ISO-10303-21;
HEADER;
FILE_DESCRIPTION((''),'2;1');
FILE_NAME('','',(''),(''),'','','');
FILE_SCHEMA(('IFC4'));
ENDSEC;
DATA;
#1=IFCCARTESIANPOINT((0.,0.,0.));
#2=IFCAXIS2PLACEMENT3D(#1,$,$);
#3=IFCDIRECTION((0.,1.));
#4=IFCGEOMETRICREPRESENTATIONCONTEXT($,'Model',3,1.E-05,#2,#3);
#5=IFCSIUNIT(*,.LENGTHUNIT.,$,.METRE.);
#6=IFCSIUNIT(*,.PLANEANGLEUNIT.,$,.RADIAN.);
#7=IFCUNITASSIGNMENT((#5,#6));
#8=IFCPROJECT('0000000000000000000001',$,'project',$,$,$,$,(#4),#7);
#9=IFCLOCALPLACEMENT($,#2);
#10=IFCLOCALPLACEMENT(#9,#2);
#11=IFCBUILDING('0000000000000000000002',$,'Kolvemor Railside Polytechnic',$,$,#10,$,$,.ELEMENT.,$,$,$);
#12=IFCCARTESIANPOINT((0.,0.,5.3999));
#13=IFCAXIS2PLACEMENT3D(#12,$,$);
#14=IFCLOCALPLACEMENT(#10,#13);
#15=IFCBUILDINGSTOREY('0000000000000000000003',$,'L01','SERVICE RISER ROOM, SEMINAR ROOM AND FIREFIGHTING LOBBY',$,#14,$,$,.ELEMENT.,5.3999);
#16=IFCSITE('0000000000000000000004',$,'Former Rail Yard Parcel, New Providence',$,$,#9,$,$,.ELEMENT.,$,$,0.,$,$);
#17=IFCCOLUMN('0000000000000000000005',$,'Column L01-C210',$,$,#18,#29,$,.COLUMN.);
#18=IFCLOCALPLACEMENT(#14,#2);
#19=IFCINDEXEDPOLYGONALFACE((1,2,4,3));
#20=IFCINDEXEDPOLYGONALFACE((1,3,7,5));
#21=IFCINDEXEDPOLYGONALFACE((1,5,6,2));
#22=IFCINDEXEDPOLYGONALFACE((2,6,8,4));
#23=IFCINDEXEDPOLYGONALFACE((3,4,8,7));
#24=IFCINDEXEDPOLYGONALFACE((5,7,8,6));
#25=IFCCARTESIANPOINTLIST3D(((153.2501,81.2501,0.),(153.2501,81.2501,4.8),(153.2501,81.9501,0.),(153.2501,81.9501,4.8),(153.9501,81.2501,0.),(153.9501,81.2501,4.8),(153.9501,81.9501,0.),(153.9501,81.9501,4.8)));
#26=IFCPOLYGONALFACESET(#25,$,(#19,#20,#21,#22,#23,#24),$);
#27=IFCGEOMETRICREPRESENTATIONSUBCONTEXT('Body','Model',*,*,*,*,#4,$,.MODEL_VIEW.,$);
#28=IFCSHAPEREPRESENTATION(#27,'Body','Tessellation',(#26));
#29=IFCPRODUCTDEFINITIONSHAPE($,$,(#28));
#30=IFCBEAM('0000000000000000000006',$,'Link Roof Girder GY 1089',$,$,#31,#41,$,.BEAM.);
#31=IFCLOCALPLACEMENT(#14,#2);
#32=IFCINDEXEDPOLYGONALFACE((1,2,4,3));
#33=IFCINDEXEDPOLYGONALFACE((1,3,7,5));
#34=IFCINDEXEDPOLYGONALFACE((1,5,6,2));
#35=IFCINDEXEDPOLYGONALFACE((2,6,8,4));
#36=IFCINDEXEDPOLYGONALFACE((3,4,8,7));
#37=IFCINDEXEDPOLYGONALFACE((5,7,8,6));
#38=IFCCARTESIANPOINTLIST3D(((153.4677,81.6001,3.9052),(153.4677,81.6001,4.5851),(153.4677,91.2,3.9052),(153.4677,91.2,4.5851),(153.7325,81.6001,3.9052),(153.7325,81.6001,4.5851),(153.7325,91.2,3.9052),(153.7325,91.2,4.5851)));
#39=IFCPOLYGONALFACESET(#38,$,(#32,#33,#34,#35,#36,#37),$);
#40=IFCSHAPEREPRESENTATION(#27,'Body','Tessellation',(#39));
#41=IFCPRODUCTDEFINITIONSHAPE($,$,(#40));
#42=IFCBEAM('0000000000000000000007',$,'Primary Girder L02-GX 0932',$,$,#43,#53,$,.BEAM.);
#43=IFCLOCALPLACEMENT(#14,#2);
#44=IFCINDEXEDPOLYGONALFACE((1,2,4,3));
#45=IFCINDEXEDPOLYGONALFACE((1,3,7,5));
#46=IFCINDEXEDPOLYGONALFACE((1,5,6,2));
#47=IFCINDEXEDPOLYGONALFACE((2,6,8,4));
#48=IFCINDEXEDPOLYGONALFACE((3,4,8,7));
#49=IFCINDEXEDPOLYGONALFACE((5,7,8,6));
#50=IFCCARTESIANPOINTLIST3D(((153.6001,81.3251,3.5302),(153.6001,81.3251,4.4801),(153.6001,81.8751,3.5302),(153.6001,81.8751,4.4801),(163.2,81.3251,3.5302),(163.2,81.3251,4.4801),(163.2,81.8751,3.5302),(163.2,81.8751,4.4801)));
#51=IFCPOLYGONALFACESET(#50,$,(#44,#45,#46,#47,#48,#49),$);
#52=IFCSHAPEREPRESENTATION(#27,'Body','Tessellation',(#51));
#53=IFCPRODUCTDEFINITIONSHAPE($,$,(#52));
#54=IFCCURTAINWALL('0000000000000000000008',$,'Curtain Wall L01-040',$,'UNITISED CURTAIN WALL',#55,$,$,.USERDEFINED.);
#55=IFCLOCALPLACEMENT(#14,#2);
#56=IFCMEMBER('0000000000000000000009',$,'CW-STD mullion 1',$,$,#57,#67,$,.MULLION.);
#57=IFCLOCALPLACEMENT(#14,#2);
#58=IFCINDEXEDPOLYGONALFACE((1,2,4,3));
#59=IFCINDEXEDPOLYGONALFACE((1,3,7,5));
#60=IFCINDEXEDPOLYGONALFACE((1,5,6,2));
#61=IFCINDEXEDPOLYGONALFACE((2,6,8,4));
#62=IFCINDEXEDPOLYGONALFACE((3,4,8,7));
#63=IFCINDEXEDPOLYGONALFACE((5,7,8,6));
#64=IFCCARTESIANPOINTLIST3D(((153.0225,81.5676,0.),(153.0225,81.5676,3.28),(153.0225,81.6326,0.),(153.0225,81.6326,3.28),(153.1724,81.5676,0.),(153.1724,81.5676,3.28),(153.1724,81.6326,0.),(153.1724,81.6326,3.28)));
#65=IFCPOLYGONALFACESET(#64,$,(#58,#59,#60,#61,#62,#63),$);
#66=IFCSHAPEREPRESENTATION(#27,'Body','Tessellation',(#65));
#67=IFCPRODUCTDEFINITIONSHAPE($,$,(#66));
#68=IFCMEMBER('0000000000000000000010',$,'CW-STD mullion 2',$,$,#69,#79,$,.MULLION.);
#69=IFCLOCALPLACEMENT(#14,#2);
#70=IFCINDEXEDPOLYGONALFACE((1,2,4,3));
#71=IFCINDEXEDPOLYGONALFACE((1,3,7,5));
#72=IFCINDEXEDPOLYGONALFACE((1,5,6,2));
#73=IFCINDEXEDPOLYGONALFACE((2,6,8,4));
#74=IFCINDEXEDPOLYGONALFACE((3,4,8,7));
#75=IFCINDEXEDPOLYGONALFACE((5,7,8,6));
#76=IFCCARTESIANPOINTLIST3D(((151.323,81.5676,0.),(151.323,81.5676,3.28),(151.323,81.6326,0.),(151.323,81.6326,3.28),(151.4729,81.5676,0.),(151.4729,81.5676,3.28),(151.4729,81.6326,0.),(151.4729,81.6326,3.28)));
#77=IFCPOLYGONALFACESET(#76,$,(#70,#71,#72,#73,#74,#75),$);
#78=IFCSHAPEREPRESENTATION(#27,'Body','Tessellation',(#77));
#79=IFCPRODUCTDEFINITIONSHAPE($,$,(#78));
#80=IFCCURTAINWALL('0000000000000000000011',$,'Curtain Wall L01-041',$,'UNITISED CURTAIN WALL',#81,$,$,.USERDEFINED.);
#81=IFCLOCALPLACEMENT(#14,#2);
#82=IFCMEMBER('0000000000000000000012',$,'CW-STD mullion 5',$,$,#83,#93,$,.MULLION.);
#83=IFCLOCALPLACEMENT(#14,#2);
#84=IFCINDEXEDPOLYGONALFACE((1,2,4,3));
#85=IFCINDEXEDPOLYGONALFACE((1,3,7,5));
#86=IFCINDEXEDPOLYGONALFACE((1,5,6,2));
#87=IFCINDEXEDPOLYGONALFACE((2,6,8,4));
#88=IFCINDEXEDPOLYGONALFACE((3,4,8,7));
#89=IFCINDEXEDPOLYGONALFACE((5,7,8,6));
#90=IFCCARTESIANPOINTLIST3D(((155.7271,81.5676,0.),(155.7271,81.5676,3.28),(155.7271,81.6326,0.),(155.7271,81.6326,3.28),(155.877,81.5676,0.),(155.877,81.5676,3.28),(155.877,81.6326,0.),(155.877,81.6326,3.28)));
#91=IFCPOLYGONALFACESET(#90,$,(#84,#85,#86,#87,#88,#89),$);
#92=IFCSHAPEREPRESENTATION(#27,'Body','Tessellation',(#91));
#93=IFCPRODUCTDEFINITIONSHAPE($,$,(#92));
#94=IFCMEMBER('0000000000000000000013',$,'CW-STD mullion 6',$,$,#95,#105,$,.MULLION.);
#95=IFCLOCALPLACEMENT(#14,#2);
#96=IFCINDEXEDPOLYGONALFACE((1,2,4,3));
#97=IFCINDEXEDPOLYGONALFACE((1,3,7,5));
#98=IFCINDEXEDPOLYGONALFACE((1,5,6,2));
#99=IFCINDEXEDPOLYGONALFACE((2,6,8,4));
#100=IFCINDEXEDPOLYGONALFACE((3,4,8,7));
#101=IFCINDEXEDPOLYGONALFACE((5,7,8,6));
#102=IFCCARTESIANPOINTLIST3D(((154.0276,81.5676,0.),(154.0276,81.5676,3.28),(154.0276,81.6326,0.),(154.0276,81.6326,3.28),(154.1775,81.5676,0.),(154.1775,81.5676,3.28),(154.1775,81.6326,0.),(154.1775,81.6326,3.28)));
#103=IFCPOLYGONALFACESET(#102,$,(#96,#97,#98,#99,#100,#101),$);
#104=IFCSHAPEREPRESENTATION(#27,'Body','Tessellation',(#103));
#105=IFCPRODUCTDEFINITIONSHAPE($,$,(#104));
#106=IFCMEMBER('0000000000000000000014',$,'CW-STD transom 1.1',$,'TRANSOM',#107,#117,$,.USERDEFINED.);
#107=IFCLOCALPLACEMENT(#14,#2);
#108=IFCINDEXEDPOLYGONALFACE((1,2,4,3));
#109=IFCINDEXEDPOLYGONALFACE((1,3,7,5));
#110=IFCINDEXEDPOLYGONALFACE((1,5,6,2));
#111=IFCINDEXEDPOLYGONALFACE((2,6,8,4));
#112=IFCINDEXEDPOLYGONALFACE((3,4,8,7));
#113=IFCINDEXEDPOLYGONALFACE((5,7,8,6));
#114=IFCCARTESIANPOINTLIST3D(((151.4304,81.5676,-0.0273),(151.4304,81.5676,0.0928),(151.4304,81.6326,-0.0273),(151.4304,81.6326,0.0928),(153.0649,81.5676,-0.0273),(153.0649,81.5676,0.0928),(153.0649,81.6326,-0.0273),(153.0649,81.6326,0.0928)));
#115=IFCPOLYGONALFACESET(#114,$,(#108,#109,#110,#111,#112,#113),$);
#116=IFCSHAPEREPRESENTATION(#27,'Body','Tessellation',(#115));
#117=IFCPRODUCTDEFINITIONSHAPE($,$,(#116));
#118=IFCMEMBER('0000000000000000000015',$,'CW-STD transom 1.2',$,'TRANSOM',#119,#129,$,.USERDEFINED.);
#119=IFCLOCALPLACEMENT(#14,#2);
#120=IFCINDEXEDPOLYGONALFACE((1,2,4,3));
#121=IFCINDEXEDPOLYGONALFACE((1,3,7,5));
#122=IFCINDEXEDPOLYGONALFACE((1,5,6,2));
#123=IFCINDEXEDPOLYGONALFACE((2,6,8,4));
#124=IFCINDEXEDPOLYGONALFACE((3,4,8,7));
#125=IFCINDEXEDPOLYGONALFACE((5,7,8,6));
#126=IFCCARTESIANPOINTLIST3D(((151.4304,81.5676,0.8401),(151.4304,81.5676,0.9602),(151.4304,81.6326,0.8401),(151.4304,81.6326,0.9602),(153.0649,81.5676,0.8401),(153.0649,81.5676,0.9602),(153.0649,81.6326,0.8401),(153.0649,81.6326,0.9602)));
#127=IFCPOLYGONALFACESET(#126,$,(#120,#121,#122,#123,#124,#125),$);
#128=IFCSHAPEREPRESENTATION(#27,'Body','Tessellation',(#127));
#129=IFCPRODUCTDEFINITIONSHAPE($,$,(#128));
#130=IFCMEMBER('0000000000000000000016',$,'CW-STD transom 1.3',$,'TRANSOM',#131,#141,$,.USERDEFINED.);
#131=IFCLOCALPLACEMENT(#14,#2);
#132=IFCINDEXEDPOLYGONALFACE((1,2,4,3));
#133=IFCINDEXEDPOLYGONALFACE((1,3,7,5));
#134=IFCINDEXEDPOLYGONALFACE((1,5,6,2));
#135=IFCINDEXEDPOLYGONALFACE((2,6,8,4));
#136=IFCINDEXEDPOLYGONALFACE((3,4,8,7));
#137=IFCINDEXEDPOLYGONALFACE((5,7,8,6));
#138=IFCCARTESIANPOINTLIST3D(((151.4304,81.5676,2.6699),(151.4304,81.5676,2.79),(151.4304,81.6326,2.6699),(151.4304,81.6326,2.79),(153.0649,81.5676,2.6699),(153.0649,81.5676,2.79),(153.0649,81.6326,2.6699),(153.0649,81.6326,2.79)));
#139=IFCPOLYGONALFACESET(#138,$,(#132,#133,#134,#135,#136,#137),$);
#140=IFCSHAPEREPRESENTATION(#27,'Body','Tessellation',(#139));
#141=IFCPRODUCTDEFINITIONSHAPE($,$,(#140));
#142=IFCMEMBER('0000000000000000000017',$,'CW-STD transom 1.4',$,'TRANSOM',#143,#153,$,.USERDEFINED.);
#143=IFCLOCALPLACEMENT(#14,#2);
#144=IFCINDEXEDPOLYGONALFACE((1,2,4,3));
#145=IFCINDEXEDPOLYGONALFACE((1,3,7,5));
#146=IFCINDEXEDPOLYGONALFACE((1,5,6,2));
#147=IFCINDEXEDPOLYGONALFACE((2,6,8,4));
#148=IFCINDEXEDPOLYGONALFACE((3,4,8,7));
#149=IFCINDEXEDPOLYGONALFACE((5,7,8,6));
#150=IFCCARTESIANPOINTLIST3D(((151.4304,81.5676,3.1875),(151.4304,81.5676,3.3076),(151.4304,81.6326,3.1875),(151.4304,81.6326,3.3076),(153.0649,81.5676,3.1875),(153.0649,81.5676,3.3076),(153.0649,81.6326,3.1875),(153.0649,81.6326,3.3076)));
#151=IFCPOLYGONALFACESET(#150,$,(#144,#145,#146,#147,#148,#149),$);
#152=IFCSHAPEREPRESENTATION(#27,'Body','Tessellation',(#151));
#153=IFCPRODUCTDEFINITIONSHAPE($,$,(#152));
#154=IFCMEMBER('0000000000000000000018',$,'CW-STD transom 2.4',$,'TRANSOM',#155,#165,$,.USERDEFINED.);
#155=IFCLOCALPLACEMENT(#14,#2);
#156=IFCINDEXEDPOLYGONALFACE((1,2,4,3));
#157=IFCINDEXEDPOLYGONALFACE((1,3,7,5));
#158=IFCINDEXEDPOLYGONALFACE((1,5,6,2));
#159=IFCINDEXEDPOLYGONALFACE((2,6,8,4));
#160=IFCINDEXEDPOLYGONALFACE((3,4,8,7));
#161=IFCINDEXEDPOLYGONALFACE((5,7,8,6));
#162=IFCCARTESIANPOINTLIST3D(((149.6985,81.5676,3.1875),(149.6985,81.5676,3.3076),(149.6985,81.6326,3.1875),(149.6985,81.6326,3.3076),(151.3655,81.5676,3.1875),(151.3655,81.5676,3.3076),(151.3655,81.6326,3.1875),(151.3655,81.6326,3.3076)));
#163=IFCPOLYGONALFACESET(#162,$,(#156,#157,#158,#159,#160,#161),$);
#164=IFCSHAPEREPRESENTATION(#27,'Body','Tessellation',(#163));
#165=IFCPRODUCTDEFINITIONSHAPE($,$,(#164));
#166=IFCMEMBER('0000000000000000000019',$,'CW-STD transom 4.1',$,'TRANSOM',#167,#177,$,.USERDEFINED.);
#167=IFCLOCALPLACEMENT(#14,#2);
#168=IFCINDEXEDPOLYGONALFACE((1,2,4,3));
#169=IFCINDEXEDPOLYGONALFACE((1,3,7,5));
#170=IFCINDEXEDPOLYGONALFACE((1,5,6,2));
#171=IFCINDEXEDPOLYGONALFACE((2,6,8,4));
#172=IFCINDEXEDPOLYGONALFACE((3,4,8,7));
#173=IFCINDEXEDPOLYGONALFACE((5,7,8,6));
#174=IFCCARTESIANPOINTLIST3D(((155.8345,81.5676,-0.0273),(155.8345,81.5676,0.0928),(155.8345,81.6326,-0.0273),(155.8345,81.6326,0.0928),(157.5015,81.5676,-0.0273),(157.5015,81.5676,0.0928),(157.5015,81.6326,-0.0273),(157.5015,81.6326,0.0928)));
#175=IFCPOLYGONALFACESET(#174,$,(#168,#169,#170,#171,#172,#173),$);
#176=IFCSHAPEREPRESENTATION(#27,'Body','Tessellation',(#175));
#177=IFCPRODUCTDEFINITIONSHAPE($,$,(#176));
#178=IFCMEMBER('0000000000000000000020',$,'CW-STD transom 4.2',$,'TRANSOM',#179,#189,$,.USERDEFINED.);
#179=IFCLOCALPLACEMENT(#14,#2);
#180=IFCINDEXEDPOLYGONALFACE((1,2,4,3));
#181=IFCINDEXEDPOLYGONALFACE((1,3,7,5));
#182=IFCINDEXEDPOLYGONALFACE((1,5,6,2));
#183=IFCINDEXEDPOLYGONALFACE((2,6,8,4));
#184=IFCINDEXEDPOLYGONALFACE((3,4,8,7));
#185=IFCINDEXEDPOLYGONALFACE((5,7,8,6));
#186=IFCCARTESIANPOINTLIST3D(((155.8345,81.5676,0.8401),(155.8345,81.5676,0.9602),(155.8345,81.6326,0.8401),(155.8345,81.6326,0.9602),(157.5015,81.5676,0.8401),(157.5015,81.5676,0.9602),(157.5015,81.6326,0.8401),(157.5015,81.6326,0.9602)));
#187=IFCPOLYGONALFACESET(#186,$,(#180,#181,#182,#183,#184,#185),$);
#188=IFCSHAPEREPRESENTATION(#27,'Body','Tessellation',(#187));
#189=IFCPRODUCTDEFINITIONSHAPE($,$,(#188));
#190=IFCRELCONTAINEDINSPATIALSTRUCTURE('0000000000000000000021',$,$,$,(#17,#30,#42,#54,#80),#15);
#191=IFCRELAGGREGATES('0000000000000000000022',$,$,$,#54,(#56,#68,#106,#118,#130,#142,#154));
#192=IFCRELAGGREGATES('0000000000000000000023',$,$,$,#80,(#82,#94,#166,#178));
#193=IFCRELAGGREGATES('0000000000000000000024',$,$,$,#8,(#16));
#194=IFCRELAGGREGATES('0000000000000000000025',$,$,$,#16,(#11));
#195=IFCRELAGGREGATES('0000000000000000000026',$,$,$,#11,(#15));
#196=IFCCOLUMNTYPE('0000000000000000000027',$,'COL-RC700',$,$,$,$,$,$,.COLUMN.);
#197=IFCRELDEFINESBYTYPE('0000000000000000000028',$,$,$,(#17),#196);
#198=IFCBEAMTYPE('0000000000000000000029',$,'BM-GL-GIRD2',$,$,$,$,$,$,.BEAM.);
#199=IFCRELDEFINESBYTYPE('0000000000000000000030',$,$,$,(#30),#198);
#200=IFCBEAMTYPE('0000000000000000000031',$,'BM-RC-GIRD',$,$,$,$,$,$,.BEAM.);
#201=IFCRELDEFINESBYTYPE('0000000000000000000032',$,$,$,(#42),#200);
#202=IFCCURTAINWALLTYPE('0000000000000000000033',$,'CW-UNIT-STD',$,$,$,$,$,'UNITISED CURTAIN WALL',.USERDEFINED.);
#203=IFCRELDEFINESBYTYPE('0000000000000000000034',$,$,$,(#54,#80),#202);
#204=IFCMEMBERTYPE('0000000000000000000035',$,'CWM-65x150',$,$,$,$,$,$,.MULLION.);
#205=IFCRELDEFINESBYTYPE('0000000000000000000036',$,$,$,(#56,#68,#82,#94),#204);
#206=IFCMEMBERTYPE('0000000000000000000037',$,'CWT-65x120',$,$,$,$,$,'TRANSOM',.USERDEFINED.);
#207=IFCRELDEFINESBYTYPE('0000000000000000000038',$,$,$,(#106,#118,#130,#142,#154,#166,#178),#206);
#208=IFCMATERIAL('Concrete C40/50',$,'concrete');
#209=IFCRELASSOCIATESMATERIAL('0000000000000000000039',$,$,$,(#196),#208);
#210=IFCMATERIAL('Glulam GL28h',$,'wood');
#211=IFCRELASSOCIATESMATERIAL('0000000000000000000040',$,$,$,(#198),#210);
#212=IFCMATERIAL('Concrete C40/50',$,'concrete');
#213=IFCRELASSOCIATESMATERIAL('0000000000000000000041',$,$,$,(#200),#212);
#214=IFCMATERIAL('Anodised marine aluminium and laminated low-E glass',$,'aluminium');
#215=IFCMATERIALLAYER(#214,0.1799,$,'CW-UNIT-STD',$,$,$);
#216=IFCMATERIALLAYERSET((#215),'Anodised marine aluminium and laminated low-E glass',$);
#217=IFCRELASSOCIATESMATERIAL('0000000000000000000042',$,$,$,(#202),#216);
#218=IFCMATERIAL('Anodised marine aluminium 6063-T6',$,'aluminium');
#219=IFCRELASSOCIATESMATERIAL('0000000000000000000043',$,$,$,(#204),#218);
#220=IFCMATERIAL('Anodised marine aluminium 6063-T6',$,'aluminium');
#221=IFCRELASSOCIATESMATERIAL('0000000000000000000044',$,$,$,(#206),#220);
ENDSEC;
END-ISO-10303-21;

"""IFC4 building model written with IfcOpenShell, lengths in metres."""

from ifc_helpers import new_model, si_unit, direction, frame, origin, origin_2d, place, context, subcontext, project, spatial, rectangle, extrude, material, layer, layer_set, material_profile, profile_set, type_object, element, aggregate, save


model = new_model("IFC4")

# Units and contexts
model_context = context("Model", 3, precision=1e-05, world=origin(), true_north=direction((0.0, 1.0)))
body_context = subcontext(model_context, "Body", "Model", "MODEL_VIEW")
ifc_project = project(units=[si_unit("LENGTHUNIT", "METRE"), si_unit("PLANEANGLEUNIT", "RADIAN")], contexts=[model_context])

# Site, building, storey
site_placement = place(None, origin())
site = spatial("IfcSite", under=ifc_project, at=site_placement, Name="Former Rail Yard Parcel, New Providence", CompositionType="ELEMENT", RefElevation=0.0)
building_placement = place(site_placement, origin())
building = spatial("IfcBuilding", under=site, at=building_placement, Name="Kolvemor Railside Polytechnic", CompositionType="ELEMENT")
storey_placement = place(building_placement, frame((0.0, 0.0, 5.3999)))
storey = spatial("IfcBuildingStorey", under=building, at=storey_placement, Name="L01", Description="SERVICE RISER ROOM, SEMINAR ROOM AND FIREFIGHTING LOBBY", CompositionType="ELEMENT", Elevation=5.3999)

# Column
ifc_material_1 = material(Name="Concrete C40/50", Category="concrete")
ifc_material_profile_1 = material_profile(ifc_material_1, rectangle(XDim=0.7, YDim=0.7, at=origin_2d()), Name="RC700x700")
ifc_profile_set_1 = profile_set([ifc_material_profile_1], Name="Concrete C40/50")
column_type = type_object("IfcColumnType", Name="COL-RC700", PredefinedType="COLUMN", material=ifc_profile_set_1)
column_placement = place(storey_placement, frame((153.6001, 81.6001, 0.0), z_axis=(0.0, 0.0, 1.0), x_axis=(1.0, 0.0, 0.0)))
element("IfcColumn", 1, at=column_placement, inside=storey, type_object=column_type, Name="Column L01-C210", PredefinedType="COLUMN", context=body_context, shape_type="SweptSolid", body=[
    extrude(rectangle(XDim=0.7, YDim=0.7, at=origin_2d()), origin(), (0.0, 0.0, 1.0), 4.8),
])

# Beams
ifc_material_2 = material(Name="Glulam GL28h", Category="wood")
ifc_material_profile_2 = material_profile(ifc_material_2, rectangle(XDim=0.2649, YDim=0.6799, at=origin_2d()), Name="GL265x680")
ifc_profile_set_2 = profile_set([ifc_material_profile_2], Name="Glulam GL28h")
beam_type_1 = type_object("IfcBeamType", Name="BM-GL-GIRD2", PredefinedType="BEAM", material=ifc_profile_set_2)
beam_1_placement = place(storey_placement, frame((153.6001, 81.6001, 4.2451), z_axis=(0.0, 1.0, 0.0), x_axis=(-1.0, 0.0, 0.0)))
element("IfcBeam", 2, at=beam_1_placement, inside=storey, type_object=beam_type_1, Name="Link Roof Girder GY 1089", PredefinedType="BEAM", context=body_context, shape_type="SweptSolid", body=[
    extrude(rectangle(XDim=0.2649, YDim=0.6799, at=origin_2d()), origin(), (0.0, 0.0, 1.0), 9.5999),
])
ifc_material_3 = material(Name="Concrete C40/50", Category="concrete")
ifc_material_profile_3 = material_profile(ifc_material_3, rectangle(XDim=0.55, YDim=0.95, at=origin_2d()), Name="RC550x950")
ifc_profile_set_3 = profile_set([ifc_material_profile_3], Name="Concrete C40/50")
beam_type_2 = type_object("IfcBeamType", Name="BM-RC-GIRD", PredefinedType="BEAM", material=ifc_profile_set_3)
beam_2_placement = place(storey_placement, frame((153.6001, 81.6001, 4.0051), z_axis=(1.0, 0.0, 0.0), x_axis=(0.0, 1.0, 0.0)))
element("IfcBeam", 3, at=beam_2_placement, inside=storey, type_object=beam_type_2, Name="Primary Girder L02-GX 0932", PredefinedType="BEAM", context=body_context, shape_type="SweptSolid", body=[
    extrude(rectangle(XDim=0.55, YDim=0.95, at=origin_2d()), origin(), (0.0, 0.0, 1.0), 9.5999),
])

# Curtain walls, members
ifc_material_4 = material(Name="Anodised marine aluminium and laminated low-E glass", Category="aluminium")
ifc_layer_1 = layer(ifc_material_4, 0.1799, Name="CW-UNIT-STD")
ifc_layer_set_1 = layer_set([ifc_layer_1], Name="Anodised marine aluminium and laminated low-E glass")
curtain_wall_type = type_object("IfcCurtainWallType", Name="CW-UNIT-STD", ElementType="UNITISED CURTAIN WALL", PredefinedType="USERDEFINED", material=ifc_layer_set_1)
curtain_wall_1_placement = place(storey_placement, origin())
curtain_wall_1 = element("IfcCurtainWall", 4, at=curtain_wall_1_placement, inside=storey, type_object=curtain_wall_type, Name="Curtain Wall L01-040", ObjectType="UNITISED CURTAIN WALL", PredefinedType="USERDEFINED")
ifc_material_5 = material(Name="Anodised marine aluminium 6063-T6", Category="aluminium")
ifc_material_profile_4 = material_profile(ifc_material_5, rectangle(XDim=0.0649, YDim=0.1499, at=origin_2d()), Name="CW-MUL-65x150")
ifc_profile_set_4 = profile_set([ifc_material_profile_4], Name="Anodised marine aluminium 6063-T6")
member_type_1 = type_object("IfcMemberType", Name="CWM-65x150", PredefinedType="MULLION", material=ifc_profile_set_4)
member_1_placement = place(storey_placement, frame((153.0974, 81.6001, 0.0), z_axis=(0.0, 0.0, 1.0), x_axis=(0.0, -1.0, 0.0)))
member_1 = element("IfcMember", 5, at=member_1_placement, type_object=member_type_1, Name="CW-STD mullion 1", PredefinedType="MULLION", context=body_context, shape_type="SweptSolid", body=[
    extrude(rectangle(XDim=0.0649, YDim=0.1499, at=origin_2d()), origin(), (0.0, 0.0, 1.0), 3.28),
])
member_2_placement = place(storey_placement, frame((151.3979, 81.6001, 0.0), z_axis=(0.0, 0.0, 1.0), x_axis=(0.0, -1.0, 0.0)))
member_2 = element("IfcMember", 6, at=member_2_placement, type_object=member_type_1, Name="CW-STD mullion 2", PredefinedType="MULLION", context=body_context, shape_type="SweptSolid", body=[
    extrude(rectangle(XDim=0.0649, YDim=0.1499, at=origin_2d()), origin(), (0.0, 0.0, 1.0), 3.28),
])
curtain_wall_2_placement = place(storey_placement, origin())
curtain_wall_2 = element("IfcCurtainWall", 7, at=curtain_wall_2_placement, inside=storey, type_object=curtain_wall_type, Name="Curtain Wall L01-041", ObjectType="UNITISED CURTAIN WALL", PredefinedType="USERDEFINED")
member_3_placement = place(storey_placement, frame((155.802, 81.6001, 0.0), z_axis=(0.0, 0.0, 1.0), x_axis=(0.0, -1.0, 0.0)))
member_3 = element("IfcMember", 8, at=member_3_placement, type_object=member_type_1, Name="CW-STD mullion 5", PredefinedType="MULLION", context=body_context, shape_type="SweptSolid", body=[
    extrude(rectangle(XDim=0.0649, YDim=0.1499, at=origin_2d()), origin(), (0.0, 0.0, 1.0), 3.28),
])
member_4_placement = place(storey_placement, frame((154.1025, 81.6001, 0.0), z_axis=(0.0, 0.0, 1.0), x_axis=(0.0, -1.0, 0.0)))
member_4 = element("IfcMember", 9, at=member_4_placement, type_object=member_type_1, Name="CW-STD mullion 6", PredefinedType="MULLION", context=body_context, shape_type="SweptSolid", body=[
    extrude(rectangle(XDim=0.0649, YDim=0.1499, at=origin_2d()), origin(), (0.0, 0.0, 1.0), 3.28),
])

# Members
ifc_material_6 = material(Name="Anodised marine aluminium 6063-T6", Category="aluminium")
ifc_material_profile_5 = material_profile(ifc_material_6, rectangle(XDim=0.0649, YDim=0.1201, at=origin_2d()), Name="CW-TRN-65x120")
ifc_profile_set_5 = profile_set([ifc_material_profile_5], Name="Anodised marine aluminium 6063-T6")
member_type_2 = type_object("IfcMemberType", Name="CWT-65x120", ElementType="TRANSOM", PredefinedType="USERDEFINED", material=ifc_profile_set_5)
member_5_placement = place(storey_placement, frame((153.0649, 81.6001, 0.0327), z_axis=(-1.0, 0.0, 0.0), x_axis=(0.0, -1.0, 0.0)))
member_5 = element("IfcMember", 10, at=member_5_placement, type_object=member_type_2, Name="CW-STD transom 1.1", ObjectType="TRANSOM", PredefinedType="USERDEFINED", context=body_context, shape_type="SweptSolid", body=[
    extrude(rectangle(XDim=0.0649, YDim=0.1201, at=origin_2d()), origin(), (0.0, 0.0, 1.0), 1.6345),
])
member_6_placement = place(storey_placement, frame((153.0649, 81.6001, 0.9001), z_axis=(-1.0, 0.0, 0.0), x_axis=(0.0, -1.0, 0.0)))
member_6 = element("IfcMember", 11, at=member_6_placement, type_object=member_type_2, Name="CW-STD transom 1.2", ObjectType="TRANSOM", PredefinedType="USERDEFINED", context=body_context, shape_type="SweptSolid", body=[
    extrude(rectangle(XDim=0.0649, YDim=0.1201, at=origin_2d()), origin(), (0.0, 0.0, 1.0), 1.6345),
])
member_7_placement = place(storey_placement, frame((153.0649, 81.6001, 2.73), z_axis=(-1.0, 0.0, 0.0), x_axis=(0.0, -1.0, 0.0)))
member_7 = element("IfcMember", 12, at=member_7_placement, type_object=member_type_2, Name="CW-STD transom 1.3", ObjectType="TRANSOM", PredefinedType="USERDEFINED", context=body_context, shape_type="SweptSolid", body=[
    extrude(rectangle(XDim=0.0649, YDim=0.1201, at=origin_2d()), origin(), (0.0, 0.0, 1.0), 1.6345),
])
member_8_placement = place(storey_placement, frame((153.0649, 81.6001, 3.2476), z_axis=(-1.0, 0.0, 0.0), x_axis=(0.0, -1.0, 0.0)))
member_8 = element("IfcMember", 13, at=member_8_placement, type_object=member_type_2, Name="CW-STD transom 1.4", ObjectType="TRANSOM", PredefinedType="USERDEFINED", context=body_context, shape_type="SweptSolid", body=[
    extrude(rectangle(XDim=0.0649, YDim=0.1201, at=origin_2d()), origin(), (0.0, 0.0, 1.0), 1.6345),
])
member_9_placement = place(storey_placement, frame((151.3655, 81.6001, 3.2476), z_axis=(-1.0, 0.0, 0.0), x_axis=(0.0, -1.0, 0.0)))
member_9 = element("IfcMember", 14, at=member_9_placement, type_object=member_type_2, Name="CW-STD transom 2.4", ObjectType="TRANSOM", PredefinedType="USERDEFINED", context=body_context, shape_type="SweptSolid", body=[
    extrude(rectangle(XDim=0.0649, YDim=0.1201, at=origin_2d()), origin(), (0.0, 0.0, 1.0), 1.667),
])
member_10_placement = place(storey_placement, frame((157.5015, 81.6001, 0.0327), z_axis=(-1.0, 0.0, 0.0), x_axis=(0.0, -1.0, 0.0)))
member_10 = element("IfcMember", 15, at=member_10_placement, type_object=member_type_2, Name="CW-STD transom 4.1", ObjectType="TRANSOM", PredefinedType="USERDEFINED", context=body_context, shape_type="SweptSolid", body=[
    extrude(rectangle(XDim=0.0649, YDim=0.1201, at=origin_2d()), origin(), (0.0, 0.0, 1.0), 1.667),
])
member_11_placement = place(storey_placement, frame((157.5015, 81.6001, 0.9001), z_axis=(-1.0, 0.0, 0.0), x_axis=(0.0, -1.0, 0.0)))
member_11 = element("IfcMember", 16, at=member_11_placement, type_object=member_type_2, Name="CW-STD transom 4.2", ObjectType="TRANSOM", PredefinedType="USERDEFINED", context=body_context, shape_type="SweptSolid", body=[
    extrude(rectangle(XDim=0.0649, YDim=0.1201, at=origin_2d()), origin(), (0.0, 0.0, 1.0), 1.667),
])

aggregate(curtain_wall_1, [member_1, member_2, member_5, member_6, member_7, member_8, member_9])
aggregate(curtain_wall_2, [member_3, member_4, member_10, member_11])

save(model, "model.ifc")
